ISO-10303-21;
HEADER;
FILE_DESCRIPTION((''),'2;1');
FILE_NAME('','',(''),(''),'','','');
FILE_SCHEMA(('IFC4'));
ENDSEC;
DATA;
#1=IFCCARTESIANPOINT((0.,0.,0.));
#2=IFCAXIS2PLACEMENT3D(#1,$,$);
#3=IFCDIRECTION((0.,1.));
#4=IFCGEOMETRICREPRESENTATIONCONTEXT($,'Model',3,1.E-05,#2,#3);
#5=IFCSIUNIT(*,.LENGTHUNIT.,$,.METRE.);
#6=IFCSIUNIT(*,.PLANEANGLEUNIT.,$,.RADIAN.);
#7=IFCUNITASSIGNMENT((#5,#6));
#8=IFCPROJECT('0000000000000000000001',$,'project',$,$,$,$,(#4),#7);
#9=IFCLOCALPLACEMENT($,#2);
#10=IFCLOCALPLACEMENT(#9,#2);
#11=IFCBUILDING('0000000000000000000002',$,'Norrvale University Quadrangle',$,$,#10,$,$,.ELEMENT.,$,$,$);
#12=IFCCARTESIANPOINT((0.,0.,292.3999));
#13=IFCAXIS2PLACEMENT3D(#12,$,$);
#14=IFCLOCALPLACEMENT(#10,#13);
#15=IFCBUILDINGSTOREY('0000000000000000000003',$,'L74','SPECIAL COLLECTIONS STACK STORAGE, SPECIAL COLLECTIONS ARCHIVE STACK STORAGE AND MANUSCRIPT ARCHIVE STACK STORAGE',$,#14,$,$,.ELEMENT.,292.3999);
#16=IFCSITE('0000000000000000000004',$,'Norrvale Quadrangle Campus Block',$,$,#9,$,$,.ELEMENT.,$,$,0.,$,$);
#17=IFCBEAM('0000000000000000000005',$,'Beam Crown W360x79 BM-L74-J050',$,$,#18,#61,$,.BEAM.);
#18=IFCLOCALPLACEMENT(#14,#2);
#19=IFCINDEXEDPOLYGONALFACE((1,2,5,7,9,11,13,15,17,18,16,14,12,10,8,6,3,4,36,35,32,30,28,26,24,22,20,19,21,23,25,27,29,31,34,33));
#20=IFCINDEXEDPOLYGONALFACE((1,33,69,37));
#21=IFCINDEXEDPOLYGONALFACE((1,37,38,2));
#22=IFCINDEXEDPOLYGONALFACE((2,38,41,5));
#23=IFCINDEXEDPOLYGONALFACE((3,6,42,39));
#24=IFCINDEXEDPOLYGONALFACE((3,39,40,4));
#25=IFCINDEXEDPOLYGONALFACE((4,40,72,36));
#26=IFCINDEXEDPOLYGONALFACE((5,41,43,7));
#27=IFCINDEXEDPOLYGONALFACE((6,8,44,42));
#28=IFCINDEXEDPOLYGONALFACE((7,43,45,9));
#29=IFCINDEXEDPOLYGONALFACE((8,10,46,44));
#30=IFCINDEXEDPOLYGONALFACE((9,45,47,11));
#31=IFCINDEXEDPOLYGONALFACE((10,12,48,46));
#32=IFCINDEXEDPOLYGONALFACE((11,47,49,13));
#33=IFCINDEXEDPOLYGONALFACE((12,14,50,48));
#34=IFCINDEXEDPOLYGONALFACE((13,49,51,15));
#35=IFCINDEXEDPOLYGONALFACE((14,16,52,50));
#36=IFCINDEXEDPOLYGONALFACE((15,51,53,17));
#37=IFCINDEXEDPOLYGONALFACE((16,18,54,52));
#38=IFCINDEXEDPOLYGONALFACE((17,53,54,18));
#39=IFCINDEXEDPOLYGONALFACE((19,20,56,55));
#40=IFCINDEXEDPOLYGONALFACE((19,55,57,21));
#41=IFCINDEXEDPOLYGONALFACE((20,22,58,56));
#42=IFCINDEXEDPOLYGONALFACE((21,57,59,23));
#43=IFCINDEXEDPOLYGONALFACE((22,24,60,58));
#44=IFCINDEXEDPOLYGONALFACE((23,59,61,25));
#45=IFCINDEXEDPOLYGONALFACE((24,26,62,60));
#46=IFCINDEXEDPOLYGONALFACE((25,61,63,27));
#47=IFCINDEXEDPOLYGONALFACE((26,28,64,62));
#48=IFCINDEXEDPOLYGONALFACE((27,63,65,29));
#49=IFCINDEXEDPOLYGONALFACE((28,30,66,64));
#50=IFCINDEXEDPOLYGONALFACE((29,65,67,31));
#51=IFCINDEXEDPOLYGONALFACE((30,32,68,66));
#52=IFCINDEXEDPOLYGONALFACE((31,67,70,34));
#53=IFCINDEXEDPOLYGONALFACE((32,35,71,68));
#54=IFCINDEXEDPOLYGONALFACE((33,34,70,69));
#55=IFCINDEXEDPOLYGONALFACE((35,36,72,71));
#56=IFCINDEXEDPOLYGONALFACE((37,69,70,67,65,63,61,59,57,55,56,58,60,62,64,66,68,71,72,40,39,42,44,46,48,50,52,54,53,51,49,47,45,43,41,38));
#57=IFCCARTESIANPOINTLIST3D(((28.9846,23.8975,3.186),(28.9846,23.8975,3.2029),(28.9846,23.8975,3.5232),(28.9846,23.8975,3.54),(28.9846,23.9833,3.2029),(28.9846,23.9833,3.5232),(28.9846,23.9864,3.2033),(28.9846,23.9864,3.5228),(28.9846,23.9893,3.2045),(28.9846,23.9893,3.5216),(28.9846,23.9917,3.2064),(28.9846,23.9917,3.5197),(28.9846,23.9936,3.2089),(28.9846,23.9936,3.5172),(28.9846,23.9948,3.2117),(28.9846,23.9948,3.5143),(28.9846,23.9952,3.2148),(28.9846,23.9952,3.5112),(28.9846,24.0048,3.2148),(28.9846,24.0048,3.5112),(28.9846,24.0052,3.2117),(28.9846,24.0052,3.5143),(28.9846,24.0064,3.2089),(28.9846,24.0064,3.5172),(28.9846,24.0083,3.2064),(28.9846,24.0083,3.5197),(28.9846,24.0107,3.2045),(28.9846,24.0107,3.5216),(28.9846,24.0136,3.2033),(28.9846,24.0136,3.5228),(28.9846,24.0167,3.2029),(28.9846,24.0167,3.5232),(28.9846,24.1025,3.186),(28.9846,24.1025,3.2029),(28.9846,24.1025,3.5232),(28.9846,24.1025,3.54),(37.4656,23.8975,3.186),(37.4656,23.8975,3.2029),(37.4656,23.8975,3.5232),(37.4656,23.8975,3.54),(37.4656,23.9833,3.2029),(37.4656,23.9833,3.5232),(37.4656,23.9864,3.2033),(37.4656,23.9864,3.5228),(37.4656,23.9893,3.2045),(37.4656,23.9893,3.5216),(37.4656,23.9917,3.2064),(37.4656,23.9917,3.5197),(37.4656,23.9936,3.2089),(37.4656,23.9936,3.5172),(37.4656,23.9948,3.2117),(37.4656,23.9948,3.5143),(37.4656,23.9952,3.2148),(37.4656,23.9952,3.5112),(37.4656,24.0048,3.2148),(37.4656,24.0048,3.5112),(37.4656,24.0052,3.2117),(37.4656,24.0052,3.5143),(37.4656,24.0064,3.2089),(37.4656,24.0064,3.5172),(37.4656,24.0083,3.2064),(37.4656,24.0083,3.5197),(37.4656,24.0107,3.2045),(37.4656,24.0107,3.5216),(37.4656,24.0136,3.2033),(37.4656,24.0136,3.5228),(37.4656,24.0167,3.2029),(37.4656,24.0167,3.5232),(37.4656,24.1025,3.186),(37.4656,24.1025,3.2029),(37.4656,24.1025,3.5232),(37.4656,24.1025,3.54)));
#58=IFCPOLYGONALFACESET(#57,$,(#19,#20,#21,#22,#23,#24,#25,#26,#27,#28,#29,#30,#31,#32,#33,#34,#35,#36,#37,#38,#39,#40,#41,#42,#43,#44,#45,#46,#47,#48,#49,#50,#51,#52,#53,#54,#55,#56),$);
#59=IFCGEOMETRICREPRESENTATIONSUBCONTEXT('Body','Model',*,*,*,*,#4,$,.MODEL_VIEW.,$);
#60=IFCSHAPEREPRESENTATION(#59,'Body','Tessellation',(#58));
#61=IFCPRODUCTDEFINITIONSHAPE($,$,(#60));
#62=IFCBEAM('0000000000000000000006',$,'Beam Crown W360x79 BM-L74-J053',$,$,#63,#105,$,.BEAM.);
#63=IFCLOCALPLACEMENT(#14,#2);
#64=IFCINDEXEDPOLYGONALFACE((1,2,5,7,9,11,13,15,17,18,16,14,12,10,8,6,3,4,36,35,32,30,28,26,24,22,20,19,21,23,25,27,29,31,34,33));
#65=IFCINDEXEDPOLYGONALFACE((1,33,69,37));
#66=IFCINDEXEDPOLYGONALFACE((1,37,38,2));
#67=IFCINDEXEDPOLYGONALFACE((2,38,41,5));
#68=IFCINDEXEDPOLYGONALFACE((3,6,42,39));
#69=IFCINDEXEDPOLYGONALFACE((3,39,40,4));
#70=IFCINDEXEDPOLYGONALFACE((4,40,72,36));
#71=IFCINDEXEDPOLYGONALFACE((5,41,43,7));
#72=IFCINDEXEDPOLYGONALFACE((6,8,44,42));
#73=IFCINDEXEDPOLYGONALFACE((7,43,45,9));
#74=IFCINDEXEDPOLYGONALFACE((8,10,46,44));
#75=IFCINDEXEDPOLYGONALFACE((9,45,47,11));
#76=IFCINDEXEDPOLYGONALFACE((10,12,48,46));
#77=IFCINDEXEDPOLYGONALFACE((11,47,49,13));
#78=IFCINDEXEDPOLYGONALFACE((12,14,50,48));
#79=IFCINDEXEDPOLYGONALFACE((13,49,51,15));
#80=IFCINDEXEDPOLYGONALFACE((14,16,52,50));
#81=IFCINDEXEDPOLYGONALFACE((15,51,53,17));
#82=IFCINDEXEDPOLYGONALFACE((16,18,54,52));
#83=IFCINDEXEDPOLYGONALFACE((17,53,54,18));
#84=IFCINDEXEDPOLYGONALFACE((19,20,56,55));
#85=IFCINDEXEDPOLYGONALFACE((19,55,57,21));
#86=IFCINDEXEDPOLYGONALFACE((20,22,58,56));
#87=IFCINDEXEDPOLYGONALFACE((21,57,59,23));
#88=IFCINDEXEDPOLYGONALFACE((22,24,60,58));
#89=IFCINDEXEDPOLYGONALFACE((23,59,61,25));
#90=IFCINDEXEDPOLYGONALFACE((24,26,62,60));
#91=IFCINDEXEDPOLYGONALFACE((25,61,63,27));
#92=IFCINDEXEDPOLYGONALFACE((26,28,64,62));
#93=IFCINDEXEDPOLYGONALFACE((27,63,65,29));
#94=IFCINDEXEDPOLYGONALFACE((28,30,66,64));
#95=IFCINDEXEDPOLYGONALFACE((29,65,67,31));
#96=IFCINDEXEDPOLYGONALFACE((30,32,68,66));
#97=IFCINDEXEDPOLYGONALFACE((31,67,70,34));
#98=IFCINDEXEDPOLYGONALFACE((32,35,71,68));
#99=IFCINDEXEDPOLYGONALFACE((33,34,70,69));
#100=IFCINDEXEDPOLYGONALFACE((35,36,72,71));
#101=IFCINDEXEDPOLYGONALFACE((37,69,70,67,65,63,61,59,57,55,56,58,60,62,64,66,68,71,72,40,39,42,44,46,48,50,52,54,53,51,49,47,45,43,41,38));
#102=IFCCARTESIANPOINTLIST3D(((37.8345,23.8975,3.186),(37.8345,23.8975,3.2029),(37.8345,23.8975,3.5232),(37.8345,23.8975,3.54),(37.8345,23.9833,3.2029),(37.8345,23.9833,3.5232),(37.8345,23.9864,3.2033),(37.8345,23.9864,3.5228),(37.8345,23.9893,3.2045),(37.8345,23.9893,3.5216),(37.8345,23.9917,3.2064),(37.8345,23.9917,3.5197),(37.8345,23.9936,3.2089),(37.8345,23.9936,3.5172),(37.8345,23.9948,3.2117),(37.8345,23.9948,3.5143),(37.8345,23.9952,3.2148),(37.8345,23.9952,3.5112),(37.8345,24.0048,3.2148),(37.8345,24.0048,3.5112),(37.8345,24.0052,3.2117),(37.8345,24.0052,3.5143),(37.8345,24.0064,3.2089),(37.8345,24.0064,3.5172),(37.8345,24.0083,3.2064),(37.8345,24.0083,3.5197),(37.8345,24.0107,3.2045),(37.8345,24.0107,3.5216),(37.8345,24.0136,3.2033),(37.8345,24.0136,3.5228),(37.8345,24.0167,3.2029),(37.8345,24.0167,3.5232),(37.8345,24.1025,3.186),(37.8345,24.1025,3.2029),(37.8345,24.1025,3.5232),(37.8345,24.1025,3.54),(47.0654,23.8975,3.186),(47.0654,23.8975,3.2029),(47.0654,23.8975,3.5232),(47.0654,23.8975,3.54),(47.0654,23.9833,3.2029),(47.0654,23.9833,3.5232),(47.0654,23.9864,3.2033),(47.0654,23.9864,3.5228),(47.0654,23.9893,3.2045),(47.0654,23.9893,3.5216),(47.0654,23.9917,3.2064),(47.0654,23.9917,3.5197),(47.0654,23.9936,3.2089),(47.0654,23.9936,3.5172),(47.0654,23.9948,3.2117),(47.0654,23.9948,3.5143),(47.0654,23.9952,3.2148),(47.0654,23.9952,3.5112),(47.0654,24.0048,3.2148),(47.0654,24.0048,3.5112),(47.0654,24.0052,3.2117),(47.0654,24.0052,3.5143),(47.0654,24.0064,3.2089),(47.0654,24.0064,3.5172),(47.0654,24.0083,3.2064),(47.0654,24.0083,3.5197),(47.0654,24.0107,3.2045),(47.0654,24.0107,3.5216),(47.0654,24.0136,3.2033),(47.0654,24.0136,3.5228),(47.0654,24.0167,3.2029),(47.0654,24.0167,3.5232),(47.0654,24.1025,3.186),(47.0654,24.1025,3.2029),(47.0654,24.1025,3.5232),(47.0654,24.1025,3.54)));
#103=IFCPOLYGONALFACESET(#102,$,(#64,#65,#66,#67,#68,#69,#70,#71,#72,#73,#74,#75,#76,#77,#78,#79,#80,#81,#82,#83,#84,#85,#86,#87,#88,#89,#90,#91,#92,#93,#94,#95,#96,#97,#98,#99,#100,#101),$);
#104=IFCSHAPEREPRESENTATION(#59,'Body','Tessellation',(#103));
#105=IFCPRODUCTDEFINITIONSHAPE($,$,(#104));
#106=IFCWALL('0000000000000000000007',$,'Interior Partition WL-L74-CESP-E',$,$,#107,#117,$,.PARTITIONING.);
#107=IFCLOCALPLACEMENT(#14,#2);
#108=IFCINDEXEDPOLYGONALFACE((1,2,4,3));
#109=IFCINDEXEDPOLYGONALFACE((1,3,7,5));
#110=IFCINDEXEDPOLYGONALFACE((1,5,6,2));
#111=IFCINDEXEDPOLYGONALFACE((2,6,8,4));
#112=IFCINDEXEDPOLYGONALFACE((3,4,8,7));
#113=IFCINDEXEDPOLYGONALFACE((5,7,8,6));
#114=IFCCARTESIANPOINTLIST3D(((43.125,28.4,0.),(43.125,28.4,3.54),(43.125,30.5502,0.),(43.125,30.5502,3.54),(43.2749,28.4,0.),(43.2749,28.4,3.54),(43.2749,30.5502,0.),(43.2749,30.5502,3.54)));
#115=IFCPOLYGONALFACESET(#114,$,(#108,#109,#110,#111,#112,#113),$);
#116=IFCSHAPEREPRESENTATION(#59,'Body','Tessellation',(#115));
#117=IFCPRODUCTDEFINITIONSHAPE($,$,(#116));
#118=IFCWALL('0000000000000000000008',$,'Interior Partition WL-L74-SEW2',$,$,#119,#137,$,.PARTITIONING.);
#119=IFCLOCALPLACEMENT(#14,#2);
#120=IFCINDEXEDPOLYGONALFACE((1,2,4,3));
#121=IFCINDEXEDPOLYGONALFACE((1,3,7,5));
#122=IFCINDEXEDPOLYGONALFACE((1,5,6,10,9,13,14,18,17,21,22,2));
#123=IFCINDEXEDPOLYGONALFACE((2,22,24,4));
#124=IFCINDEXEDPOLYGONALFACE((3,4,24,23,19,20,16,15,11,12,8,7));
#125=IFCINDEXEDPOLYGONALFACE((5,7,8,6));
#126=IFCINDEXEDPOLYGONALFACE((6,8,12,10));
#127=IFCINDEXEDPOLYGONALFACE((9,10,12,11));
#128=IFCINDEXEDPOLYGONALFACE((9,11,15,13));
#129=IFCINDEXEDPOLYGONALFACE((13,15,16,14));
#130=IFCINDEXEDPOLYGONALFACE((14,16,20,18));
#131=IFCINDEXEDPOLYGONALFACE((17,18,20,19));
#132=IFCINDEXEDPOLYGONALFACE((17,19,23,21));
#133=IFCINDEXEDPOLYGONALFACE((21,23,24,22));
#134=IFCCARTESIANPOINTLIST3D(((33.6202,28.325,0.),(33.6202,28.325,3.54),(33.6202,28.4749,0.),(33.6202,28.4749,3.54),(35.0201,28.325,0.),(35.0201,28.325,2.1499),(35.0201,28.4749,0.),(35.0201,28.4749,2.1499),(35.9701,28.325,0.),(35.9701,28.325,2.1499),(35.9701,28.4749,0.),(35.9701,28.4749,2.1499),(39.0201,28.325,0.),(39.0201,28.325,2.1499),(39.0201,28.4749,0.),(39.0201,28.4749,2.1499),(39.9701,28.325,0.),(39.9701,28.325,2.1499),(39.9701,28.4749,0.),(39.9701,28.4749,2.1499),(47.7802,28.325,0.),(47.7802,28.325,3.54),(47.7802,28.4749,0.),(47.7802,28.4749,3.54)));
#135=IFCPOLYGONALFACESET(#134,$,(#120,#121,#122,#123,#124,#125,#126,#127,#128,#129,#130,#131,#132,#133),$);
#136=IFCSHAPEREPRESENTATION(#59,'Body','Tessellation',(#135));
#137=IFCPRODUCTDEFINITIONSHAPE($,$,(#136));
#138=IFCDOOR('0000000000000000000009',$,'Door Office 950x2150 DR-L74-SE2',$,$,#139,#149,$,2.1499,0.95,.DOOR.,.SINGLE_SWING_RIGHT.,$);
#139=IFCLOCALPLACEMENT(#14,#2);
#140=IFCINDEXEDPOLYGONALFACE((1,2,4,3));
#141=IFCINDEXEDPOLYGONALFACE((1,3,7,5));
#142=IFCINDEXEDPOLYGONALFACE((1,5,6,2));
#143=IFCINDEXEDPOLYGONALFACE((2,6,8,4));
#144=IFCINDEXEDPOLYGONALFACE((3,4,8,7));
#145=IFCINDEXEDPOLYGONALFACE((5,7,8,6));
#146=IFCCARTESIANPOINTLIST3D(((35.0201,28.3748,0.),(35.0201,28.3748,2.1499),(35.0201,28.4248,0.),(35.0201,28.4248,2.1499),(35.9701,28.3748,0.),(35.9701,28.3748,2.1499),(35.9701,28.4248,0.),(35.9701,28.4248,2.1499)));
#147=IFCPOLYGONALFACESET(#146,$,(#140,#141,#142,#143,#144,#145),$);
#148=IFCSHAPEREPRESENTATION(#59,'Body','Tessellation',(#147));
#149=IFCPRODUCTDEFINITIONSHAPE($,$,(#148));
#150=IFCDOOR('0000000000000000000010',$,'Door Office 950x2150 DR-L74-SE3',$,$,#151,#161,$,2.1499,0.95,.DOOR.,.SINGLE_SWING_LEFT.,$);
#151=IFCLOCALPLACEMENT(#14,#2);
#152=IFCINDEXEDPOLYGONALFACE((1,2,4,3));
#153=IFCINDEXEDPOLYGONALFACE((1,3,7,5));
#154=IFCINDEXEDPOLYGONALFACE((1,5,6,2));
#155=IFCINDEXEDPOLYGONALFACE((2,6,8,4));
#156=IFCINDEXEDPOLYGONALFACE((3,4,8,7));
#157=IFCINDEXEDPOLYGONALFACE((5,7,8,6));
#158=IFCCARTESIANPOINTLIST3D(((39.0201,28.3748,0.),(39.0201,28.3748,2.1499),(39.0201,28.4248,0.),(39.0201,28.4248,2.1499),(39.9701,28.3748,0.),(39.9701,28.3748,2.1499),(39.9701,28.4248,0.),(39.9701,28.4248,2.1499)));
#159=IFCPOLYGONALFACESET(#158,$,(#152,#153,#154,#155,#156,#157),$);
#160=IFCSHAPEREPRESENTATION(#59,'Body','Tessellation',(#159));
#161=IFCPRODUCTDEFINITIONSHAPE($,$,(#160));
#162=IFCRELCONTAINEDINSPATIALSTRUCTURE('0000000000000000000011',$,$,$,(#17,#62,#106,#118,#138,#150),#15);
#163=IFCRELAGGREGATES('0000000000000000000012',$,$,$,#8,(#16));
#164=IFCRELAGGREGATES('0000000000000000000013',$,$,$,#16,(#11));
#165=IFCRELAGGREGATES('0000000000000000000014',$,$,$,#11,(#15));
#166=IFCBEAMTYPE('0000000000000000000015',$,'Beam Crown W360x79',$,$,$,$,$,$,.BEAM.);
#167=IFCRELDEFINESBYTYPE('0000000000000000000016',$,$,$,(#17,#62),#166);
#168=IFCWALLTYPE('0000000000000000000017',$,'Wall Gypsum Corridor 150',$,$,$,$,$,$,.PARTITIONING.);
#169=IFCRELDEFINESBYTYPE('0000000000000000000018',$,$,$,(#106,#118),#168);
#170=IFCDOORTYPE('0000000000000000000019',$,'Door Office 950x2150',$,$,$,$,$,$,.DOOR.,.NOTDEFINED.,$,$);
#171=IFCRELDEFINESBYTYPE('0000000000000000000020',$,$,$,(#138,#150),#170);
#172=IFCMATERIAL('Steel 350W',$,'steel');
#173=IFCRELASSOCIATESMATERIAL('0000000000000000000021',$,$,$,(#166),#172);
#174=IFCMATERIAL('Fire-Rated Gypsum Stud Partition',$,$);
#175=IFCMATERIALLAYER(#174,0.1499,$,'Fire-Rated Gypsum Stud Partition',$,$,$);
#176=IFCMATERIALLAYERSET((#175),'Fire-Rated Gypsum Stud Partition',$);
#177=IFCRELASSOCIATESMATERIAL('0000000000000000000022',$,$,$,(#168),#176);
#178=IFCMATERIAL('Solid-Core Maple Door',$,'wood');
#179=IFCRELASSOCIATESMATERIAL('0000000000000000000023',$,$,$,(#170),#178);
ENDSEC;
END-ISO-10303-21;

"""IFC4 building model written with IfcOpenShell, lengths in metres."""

from ifc_helpers import new_model, si_unit, direction, frame, frame_2d, origin, origin_2d, place, context, subcontext, project, spatial, rectangle, i_section, extrude, material, layer, layer_set, material_profile, profile_set, type_object, element, fill, save


model = new_model("IFC4")

# Units and contexts
model_context = context("Model", 3, precision=1e-05, world=origin(), true_north=direction((0.0, 1.0)))
body_context = subcontext(model_context, "Body", "Model", "MODEL_VIEW")
ifc_project = project(units=[si_unit("LENGTHUNIT", "METRE"), si_unit("PLANEANGLEUNIT", "RADIAN")], contexts=[model_context])

# Site, building, storey
site_placement = place(None, origin())
site = spatial("IfcSite", under=ifc_project, at=site_placement, Name="Norrvale Quadrangle Campus Block", CompositionType="ELEMENT", RefElevation=0.0)
building_placement = place(site_placement, origin())
building = spatial("IfcBuilding", under=site, at=building_placement, Name="Norrvale University Quadrangle", CompositionType="ELEMENT")
storey_placement = place(building_placement, frame((0.0, 0.0, 292.3999)))
storey = spatial("IfcBuildingStorey", under=building, at=storey_placement, Name="L74", Description="SPECIAL COLLECTIONS STACK STORAGE, SPECIAL COLLECTIONS ARCHIVE STACK STORAGE AND MANUSCRIPT ARCHIVE STACK STORAGE", CompositionType="ELEMENT", Elevation=292.3999)

# Beams
ifc_material_1 = material(Name="Steel 350W", Category="steel")
ifc_material_profile_1 = material_profile(ifc_material_1, i_section(OverallWidth=0.2051, OverallDepth=0.354, WebThickness=0.0095, FlangeThickness=0.0168, FilletRadius=0.012, at=origin_2d()), Name="Steel 350W")
ifc_profile_set_1 = profile_set([ifc_material_profile_1], Name="Steel 350W")
beam_type_1 = type_object("IfcBeamType", Name="Beam Crown W360x79", PredefinedType="BEAM", material=ifc_profile_set_1)
beam_1_placement = place(storey_placement, frame((28.9846, 24.0, 3.363), z_axis=(1.0, 0.0, 0.0), x_axis=(0.0, 1.0, 0.0)))
element("IfcBeam", 1, at=beam_1_placement, inside=storey, type_object=beam_type_1, Name="Beam Crown W360x79 BM-L74-J050", PredefinedType="BEAM", context=body_context, shape_type="SweptSolid", body=[
    extrude(i_section(OverallWidth=0.2051, OverallDepth=0.354, WebThickness=0.0095, FlangeThickness=0.0168, FilletRadius=0.012, at=origin_2d()), origin(), (0.0, 0.0, 1.0), 8.481),
])
beam_2_placement = place(storey_placement, frame((37.8345, 24.0, 3.363), z_axis=(1.0, 0.0, 0.0), x_axis=(0.0, 1.0, 0.0)))
element("IfcBeam", 2, at=beam_2_placement, inside=storey, type_object=beam_type_1, Name="Beam Crown W360x79 BM-L74-J053", PredefinedType="BEAM", context=body_context, shape_type="SweptSolid", body=[
    extrude(i_section(OverallWidth=0.2051, OverallDepth=0.354, WebThickness=0.0095, FlangeThickness=0.0168, FilletRadius=0.012, at=origin_2d()), origin(), (0.0, 0.0, 1.0), 9.231),
])

# Wall
ifc_material_2 = material(Name="Fire-Rated Gypsum Stud Partition")
ifc_layer = layer(ifc_material_2, 0.1499, Name="Fire-Rated Gypsum Stud Partition")
ifc_layer_set = layer_set([ifc_layer], Name="Fire-Rated Gypsum Stud Partition")
wall_type = type_object("IfcWallType", Name="Wall Gypsum Corridor 150", PredefinedType="PARTITIONING", material=ifc_layer_set)
wall_1_placement = place(storey_placement, frame((43.2, 28.3999, 0.0), z_axis=(0.0, 0.0, 1.0), x_axis=(0.0, 1.0, 0.0)))
element("IfcWall", 3, at=wall_1_placement, inside=storey, type_object=wall_type, Name="Interior Partition WL-L74-CESP-E", PredefinedType="PARTITIONING", context=body_context, shape_type="SweptSolid", body=[
    extrude(rectangle(XDim=2.1501, YDim=0.1499, at=frame_2d((1.0752, 0.0))), origin(), (0.0, 0.0, 1.0), 3.54),
])

# Wall, openings, doors
wall_2_placement = place(storey_placement, frame((33.6201, 28.3999, 0.0), z_axis=(0.0, 0.0, 1.0), x_axis=(1.0, 0.0, 0.0)))
wall_2 = element("IfcWall", 4, at=wall_2_placement, inside=storey, type_object=wall_type, Name="Interior Partition WL-L74-SEW2", PredefinedType="PARTITIONING", context=body_context, shape_type="SweptSolid", body=[
    extrude(rectangle(XDim=14.1599, YDim=0.1499, at=frame_2d((7.0801, 0.0))), origin(), (0.0, 0.0, 1.0), 3.54),
])
opening_1_placement = place(wall_2_placement, frame((1.3999, 0.0, 0.0)))
opening_1 = element("IfcOpeningElement", 5, at=opening_1_placement, cuts=wall_2, PredefinedType="OPENING", context=body_context, shape_type="SweptSolid", body=[
    extrude(rectangle(XDim=0.95, YDim=2.1499, at=frame_2d((0.4751, 1.075))), frame((0.0, 0.0869, 0.0), z_axis=(0.0, -1.0, 0.0), x_axis=(1.0, 0.0, 0.0)), (0.0, 0.0, 1.0), 0.1738),
])
opening_2_placement = place(wall_2_placement, frame((5.3999, 0.0, 0.0)))
opening_2 = element("IfcOpeningElement", 6, at=opening_2_placement, cuts=wall_2, PredefinedType="OPENING", context=body_context, shape_type="SweptSolid", body=[
    extrude(rectangle(XDim=0.95, YDim=2.1499, at=frame_2d((0.4751, 1.075))), frame((0.0, 0.0869, 0.0), z_axis=(0.0, -1.0, 0.0), x_axis=(1.0, 0.0, 0.0)), (0.0, 0.0, 1.0), 0.1738),
])
ifc_material_3 = material(Name="Solid-Core Maple Door", Category="wood")
door_type = type_object("IfcDoorType", Name="Door Office 950x2150", OperationType="NOTDEFINED", PredefinedType="DOOR", material=ifc_material_3)
door_1_placement = place(opening_1_placement, origin())
door_1 = element("IfcDoor", 7, at=door_1_placement, inside=storey, type_object=door_type, Name="Door Office 950x2150 DR-L74-SE2", OperationType="SINGLE_SWING_RIGHT", OverallHeight=2.1499, OverallWidth=0.95, PredefinedType="DOOR", context=body_context, shape_type="SweptSolid", body=[
    extrude(rectangle(XDim=0.95, YDim=2.1499, at=frame_2d((0.4751, 1.075))), frame((0.0, 0.0249, 0.0), z_axis=(0.0, -1.0, 0.0), x_axis=(1.0, 0.0, 0.0)), (0.0, 0.0, 1.0), 0.05),
])
fill(opening_1, door_1)
door_2_placement = place(opening_2_placement, origin())
door_2 = element("IfcDoor", 8, at=door_2_placement, inside=storey, type_object=door_type, Name="Door Office 950x2150 DR-L74-SE3", OperationType="SINGLE_SWING_LEFT", OverallHeight=2.1499, OverallWidth=0.95, PredefinedType="DOOR", context=body_context, shape_type="SweptSolid", body=[
    extrude(rectangle(XDim=0.95, YDim=2.1499, at=frame_2d((0.4751, 1.075))), frame((0.0, 0.0249, 0.0), z_axis=(0.0, -1.0, 0.0), x_axis=(1.0, 0.0, 0.0)), (0.0, 0.0, 1.0), 0.05),
])
fill(opening_2, door_2)

save(model, "model.ifc")
